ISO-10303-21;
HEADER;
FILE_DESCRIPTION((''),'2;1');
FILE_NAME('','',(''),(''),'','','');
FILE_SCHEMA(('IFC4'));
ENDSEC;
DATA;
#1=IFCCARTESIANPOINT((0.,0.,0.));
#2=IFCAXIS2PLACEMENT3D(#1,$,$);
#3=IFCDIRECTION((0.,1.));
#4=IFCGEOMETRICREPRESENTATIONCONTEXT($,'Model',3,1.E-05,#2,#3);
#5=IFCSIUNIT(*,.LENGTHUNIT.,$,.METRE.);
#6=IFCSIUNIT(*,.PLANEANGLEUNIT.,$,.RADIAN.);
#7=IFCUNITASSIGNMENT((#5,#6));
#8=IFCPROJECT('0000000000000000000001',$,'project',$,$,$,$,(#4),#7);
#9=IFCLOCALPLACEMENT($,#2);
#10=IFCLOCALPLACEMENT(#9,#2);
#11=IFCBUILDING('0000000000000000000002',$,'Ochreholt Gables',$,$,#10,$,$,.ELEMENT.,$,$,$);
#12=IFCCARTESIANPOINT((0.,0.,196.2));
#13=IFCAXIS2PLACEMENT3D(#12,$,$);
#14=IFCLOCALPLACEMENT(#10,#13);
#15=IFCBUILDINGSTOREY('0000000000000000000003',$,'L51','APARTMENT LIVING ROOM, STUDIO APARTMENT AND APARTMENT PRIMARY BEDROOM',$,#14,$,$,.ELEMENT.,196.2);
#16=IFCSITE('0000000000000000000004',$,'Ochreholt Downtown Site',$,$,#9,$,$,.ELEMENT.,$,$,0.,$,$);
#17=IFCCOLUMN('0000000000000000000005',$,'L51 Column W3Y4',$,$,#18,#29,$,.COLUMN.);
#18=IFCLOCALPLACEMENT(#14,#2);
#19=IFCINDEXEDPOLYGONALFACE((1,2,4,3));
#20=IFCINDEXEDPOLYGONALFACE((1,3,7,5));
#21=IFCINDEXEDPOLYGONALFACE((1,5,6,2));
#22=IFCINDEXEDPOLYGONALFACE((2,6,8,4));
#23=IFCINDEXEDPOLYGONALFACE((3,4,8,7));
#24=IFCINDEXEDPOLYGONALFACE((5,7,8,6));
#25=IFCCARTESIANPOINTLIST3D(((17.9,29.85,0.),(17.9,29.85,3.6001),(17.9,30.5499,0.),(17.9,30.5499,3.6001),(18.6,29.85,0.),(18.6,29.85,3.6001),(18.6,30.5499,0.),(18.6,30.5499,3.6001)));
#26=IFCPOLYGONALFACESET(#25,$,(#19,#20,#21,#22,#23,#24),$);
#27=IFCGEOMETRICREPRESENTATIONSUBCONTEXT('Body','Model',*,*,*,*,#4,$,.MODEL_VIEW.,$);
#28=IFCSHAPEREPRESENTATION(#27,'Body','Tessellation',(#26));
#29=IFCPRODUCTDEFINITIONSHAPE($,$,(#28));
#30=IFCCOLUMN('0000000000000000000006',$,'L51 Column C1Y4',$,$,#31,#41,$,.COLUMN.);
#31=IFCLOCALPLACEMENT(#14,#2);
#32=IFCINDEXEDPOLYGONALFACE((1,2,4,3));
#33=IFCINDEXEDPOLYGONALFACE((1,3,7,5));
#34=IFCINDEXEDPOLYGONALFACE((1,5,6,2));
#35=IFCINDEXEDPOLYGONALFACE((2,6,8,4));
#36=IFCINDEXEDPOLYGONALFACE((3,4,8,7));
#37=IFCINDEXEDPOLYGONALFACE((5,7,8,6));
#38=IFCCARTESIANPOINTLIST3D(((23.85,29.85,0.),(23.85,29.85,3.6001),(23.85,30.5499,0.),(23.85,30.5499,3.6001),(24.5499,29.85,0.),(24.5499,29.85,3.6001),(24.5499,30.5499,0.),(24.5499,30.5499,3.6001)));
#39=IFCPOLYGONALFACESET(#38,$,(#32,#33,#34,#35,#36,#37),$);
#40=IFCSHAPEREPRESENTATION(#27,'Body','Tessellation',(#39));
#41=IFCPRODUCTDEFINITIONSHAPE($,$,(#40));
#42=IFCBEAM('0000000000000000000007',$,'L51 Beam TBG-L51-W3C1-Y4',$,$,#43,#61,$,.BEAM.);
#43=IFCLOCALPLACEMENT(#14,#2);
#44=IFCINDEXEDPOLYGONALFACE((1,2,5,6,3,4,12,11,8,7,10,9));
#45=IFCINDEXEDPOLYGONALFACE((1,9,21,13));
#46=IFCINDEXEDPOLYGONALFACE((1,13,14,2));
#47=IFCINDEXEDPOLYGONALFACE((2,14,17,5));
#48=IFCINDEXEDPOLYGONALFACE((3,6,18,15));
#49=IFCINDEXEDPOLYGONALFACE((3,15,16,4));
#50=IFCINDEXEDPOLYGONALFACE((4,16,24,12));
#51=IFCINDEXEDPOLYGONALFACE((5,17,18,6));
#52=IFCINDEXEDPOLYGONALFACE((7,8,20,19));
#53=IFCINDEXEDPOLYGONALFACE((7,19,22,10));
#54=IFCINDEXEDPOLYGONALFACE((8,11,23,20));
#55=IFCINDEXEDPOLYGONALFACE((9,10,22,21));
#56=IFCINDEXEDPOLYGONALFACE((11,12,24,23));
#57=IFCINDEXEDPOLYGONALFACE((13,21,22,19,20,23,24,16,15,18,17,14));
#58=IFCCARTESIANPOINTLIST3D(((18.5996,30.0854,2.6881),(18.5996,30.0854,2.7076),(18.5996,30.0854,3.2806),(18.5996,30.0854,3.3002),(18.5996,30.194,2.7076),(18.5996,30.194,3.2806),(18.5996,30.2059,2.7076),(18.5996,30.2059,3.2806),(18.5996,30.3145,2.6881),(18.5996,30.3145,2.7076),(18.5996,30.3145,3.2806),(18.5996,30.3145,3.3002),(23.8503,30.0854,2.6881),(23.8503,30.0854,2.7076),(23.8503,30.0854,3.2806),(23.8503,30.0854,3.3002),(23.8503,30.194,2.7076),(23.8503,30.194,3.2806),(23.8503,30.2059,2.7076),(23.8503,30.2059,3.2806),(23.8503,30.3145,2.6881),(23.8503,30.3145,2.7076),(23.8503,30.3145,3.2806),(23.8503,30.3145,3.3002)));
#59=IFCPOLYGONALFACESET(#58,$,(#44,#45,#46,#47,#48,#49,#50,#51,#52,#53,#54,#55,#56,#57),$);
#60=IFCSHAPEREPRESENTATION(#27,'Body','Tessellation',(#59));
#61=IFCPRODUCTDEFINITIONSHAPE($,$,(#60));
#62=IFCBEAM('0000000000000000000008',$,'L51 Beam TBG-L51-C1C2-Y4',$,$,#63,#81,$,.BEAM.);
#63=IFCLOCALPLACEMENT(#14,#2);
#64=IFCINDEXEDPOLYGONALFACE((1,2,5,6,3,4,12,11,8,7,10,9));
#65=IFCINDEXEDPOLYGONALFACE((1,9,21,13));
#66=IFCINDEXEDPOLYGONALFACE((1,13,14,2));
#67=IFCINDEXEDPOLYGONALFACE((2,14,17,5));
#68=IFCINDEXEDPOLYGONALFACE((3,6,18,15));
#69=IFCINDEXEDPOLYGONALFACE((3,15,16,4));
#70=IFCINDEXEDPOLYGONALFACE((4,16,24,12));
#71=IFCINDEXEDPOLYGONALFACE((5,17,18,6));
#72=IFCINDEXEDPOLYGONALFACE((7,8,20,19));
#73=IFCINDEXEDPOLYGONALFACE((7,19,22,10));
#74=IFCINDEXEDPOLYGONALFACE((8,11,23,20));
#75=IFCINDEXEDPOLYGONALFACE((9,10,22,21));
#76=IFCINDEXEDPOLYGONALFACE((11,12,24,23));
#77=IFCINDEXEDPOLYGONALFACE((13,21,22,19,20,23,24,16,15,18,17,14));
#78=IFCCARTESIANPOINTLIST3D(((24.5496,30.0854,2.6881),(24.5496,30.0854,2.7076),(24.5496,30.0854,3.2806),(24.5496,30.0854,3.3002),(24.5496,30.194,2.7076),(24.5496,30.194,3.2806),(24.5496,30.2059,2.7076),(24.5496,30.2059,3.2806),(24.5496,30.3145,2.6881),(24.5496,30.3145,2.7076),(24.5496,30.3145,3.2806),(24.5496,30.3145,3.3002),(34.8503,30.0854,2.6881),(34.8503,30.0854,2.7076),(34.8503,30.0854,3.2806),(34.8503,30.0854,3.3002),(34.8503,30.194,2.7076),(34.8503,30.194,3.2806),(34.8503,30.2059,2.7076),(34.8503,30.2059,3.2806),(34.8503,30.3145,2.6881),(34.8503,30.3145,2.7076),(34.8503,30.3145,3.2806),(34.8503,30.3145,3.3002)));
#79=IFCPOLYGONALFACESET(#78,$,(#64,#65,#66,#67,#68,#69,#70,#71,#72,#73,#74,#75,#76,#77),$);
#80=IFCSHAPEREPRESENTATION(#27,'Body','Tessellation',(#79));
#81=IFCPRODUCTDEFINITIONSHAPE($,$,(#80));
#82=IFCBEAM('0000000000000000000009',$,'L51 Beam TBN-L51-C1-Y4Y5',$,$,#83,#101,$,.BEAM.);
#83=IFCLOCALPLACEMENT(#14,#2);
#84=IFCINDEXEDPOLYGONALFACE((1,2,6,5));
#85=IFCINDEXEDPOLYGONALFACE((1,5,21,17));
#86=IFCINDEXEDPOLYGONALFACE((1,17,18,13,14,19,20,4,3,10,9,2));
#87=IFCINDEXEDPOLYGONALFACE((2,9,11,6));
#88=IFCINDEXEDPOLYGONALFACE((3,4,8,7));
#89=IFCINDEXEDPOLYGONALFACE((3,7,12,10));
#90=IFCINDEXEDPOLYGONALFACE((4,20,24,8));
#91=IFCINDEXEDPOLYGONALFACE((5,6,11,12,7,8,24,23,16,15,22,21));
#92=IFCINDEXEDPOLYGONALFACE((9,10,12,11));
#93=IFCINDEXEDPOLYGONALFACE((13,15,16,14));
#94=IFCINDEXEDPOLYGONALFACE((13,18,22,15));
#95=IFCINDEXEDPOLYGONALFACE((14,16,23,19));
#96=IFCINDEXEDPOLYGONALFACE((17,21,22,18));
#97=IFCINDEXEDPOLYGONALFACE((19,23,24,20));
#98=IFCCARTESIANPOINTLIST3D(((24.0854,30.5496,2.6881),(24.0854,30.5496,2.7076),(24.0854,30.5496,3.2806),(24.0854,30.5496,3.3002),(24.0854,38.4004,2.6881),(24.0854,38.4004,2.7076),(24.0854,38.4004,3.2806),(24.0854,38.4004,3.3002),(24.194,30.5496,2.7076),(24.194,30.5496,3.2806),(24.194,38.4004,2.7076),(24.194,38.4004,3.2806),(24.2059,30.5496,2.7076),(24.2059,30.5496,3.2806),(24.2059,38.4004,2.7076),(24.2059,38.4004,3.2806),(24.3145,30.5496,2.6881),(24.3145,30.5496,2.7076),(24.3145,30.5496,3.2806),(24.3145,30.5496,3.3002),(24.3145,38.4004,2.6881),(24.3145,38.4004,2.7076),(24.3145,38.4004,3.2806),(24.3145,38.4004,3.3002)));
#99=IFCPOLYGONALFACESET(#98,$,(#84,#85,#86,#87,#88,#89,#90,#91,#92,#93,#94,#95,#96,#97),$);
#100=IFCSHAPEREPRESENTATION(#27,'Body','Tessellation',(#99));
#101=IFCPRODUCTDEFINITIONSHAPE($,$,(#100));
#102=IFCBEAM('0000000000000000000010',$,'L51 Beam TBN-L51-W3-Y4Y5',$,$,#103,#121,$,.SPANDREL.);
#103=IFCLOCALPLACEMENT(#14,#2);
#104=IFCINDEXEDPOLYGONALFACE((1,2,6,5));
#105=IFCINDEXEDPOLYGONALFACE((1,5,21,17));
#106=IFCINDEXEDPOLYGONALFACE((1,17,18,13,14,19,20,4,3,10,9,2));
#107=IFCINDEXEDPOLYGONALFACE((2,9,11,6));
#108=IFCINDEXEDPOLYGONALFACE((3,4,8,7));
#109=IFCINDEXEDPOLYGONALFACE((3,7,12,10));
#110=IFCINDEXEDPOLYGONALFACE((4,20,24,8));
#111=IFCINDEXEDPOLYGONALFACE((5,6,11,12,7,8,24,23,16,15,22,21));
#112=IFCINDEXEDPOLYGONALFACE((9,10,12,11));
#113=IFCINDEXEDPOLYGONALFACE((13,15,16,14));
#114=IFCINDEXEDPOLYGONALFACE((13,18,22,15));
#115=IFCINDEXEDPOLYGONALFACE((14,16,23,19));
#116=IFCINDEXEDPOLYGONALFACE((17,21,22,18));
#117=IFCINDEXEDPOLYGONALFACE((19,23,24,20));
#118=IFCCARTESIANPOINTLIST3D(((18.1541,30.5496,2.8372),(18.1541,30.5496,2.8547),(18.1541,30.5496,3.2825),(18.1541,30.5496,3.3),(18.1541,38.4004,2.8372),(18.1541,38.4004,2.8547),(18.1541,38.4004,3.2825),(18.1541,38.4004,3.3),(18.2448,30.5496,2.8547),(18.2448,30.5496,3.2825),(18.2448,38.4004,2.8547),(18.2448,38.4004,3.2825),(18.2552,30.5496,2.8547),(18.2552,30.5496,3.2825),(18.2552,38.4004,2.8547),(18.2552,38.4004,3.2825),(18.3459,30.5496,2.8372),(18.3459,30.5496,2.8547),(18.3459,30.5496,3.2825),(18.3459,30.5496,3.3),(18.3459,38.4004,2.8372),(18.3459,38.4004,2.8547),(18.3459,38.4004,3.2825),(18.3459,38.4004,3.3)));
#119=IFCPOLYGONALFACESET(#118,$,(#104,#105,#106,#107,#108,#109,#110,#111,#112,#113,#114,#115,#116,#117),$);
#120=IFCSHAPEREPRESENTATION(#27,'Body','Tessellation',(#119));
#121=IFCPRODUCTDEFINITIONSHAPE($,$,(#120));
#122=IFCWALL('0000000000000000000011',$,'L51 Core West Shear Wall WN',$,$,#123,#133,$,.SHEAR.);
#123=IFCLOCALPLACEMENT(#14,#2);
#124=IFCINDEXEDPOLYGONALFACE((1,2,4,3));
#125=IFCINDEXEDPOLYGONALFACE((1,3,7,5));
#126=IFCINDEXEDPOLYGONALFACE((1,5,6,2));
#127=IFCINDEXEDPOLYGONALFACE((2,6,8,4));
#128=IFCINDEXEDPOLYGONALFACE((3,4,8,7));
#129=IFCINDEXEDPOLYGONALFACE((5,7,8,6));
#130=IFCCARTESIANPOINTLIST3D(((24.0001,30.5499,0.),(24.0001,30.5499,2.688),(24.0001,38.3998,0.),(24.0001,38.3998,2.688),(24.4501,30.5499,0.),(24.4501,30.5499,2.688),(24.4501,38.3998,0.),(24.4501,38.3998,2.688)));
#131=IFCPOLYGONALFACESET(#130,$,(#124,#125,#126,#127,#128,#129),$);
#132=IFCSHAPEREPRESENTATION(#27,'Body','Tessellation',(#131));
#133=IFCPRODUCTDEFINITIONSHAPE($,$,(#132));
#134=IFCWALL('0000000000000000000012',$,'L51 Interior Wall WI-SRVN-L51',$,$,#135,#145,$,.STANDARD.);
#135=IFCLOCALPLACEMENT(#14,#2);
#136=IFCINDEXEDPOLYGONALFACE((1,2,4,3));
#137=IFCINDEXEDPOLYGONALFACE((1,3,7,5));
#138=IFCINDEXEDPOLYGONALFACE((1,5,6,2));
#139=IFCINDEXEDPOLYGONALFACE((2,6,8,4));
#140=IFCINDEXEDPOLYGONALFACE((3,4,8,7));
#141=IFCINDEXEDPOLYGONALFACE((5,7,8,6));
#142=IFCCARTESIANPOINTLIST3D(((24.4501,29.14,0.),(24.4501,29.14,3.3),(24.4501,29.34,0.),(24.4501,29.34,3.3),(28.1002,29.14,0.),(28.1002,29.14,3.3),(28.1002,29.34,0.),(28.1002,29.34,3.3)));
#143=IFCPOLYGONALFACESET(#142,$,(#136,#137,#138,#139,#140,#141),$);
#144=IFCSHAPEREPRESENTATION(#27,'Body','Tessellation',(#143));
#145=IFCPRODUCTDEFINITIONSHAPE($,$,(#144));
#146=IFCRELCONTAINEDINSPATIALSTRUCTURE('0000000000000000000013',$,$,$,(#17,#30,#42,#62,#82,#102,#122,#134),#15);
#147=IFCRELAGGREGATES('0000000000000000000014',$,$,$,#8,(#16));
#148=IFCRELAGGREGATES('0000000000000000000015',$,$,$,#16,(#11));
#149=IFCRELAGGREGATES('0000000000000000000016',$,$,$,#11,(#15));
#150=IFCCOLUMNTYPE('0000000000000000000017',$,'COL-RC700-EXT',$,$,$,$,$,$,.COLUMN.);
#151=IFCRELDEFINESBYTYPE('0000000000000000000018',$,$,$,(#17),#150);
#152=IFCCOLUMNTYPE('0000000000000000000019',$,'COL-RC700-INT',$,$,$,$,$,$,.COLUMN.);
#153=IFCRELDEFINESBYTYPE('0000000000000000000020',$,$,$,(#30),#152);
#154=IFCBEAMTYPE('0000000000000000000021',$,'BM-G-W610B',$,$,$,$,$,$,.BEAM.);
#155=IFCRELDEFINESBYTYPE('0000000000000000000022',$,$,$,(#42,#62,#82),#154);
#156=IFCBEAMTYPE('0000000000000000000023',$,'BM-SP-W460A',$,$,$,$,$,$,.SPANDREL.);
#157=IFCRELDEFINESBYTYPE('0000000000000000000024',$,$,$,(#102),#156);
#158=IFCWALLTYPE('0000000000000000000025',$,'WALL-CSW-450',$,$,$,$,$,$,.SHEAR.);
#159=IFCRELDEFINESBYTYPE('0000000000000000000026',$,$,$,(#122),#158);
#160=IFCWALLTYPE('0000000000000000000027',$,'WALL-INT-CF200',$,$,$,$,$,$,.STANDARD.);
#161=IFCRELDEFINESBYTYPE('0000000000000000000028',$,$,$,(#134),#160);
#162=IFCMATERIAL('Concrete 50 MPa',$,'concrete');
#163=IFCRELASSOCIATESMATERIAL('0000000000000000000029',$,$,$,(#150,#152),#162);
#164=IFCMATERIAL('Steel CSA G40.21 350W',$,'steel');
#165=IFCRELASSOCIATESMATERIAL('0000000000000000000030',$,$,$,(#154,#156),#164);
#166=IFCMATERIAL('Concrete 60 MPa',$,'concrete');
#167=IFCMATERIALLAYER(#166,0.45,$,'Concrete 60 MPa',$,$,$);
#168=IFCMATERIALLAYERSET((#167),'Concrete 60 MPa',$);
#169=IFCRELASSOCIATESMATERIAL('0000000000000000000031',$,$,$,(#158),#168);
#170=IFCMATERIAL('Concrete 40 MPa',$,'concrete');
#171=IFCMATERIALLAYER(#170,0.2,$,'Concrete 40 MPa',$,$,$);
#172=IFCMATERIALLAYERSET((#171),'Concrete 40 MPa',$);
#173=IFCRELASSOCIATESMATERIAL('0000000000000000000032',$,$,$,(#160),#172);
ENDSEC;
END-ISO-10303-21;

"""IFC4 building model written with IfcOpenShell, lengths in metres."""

from ifc_helpers import new_model, si_unit, direction, frame, frame_2d, origin, origin_2d, place, context, subcontext, project, spatial, rectangle, i_section, extrude, material, layer, layer_set, material_profile, profile_set, type_object, element, save


model = new_model("IFC4")

# Units and contexts
model_context = context("Model", 3, precision=1e-05, world=origin(), true_north=direction((0.0, 1.0)))
body_context = subcontext(model_context, "Body", "Model", "MODEL_VIEW")
ifc_project = project(units=[si_unit("LENGTHUNIT", "METRE"), si_unit("PLANEANGLEUNIT", "RADIAN")], contexts=[model_context])

# Site, building, storey
site_placement = place(None, origin())
site = spatial("IfcSite", under=ifc_project, at=site_placement, Name="Ochreholt Downtown Site", CompositionType="ELEMENT", RefElevation=0.0)
building_placement = place(site_placement, origin())
building = spatial("IfcBuilding", under=site, at=building_placement, Name="Ochreholt Gables", CompositionType="ELEMENT")
storey_placement = place(building_placement, frame((0.0, 0.0, 196.2)))
storey = spatial("IfcBuildingStorey", under=building, at=storey_placement, Name="L51", Description="APARTMENT LIVING ROOM, STUDIO APARTMENT AND APARTMENT PRIMARY BEDROOM", CompositionType="ELEMENT", Elevation=196.2)

# Columns
ifc_material_1 = material(Name="Concrete 50 MPa", Category="concrete")
ifc_material_profile_1 = material_profile(ifc_material_1, rectangle(XDim=0.7, YDim=0.7, at=origin_2d()), Name="RC700X700")
ifc_profile_set_1 = profile_set([ifc_material_profile_1], Name="Concrete 50 MPa")
column_type_1 = type_object("IfcColumnType", Name="COL-RC700-EXT", PredefinedType="COLUMN", material=ifc_profile_set_1)
column_1_placement = place(storey_placement, frame((18.25, 30.2, 0.0), z_axis=(0.0, 0.0, 1.0), x_axis=(1.0, 0.0, 0.0)))
element("IfcColumn", 1, at=column_1_placement, inside=storey, type_object=column_type_1, Name="L51 Column W3Y4", PredefinedType="COLUMN", context=body_context, shape_type="SweptSolid", body=[
    extrude(rectangle(XDim=0.7, YDim=0.7, at=origin_2d()), origin(), (0.0, 0.0, 1.0), 3.6001),
])
ifc_material_profile_2 = material_profile(ifc_material_1, rectangle(XDim=0.7, YDim=0.7, at=origin_2d()), Name="RC700X700")
ifc_profile_set_2 = profile_set([ifc_material_profile_2], Name="Concrete 50 MPa")
column_type_2 = type_object("IfcColumnType", Name="COL-RC700-INT", PredefinedType="COLUMN", material=ifc_profile_set_2)
column_2_placement = place(storey_placement, frame((24.2, 30.2, 0.0), z_axis=(0.0, 0.0, 1.0), x_axis=(1.0, 0.0, 0.0)))
element("IfcColumn", 2, at=column_2_placement, inside=storey, type_object=column_type_2, Name="L51 Column C1Y4", PredefinedType="COLUMN", context=body_context, shape_type="SweptSolid", body=[
    extrude(rectangle(XDim=0.7, YDim=0.7, at=origin_2d()), origin(), (0.0, 0.0, 1.0), 3.6001),
])

# Beams
ifc_material_2 = material(Name="Steel CSA G40.21 350W", Category="steel")
ifc_material_profile_3 = material_profile(ifc_material_2, i_section(OverallWidth=0.229, OverallDepth=0.6121, WebThickness=0.012, FlangeThickness=0.0195, at=origin_2d()), Name="W610X125")
ifc_profile_set_3 = profile_set([ifc_material_profile_3], Name="Steel CSA G40.21 350W")
beam_type_1 = type_object("IfcBeamType", Name="BM-G-W610B", PredefinedType="BEAM", material=ifc_profile_set_3)
beam_1_placement = place(storey_placement, frame((18.5996, 30.2, 2.9941), z_axis=(1.0, 0.0, 0.0), x_axis=(0.0, 1.0, 0.0)))
element("IfcBeam", 3, at=beam_1_placement, inside=storey, type_object=beam_type_1, Name="L51 Beam TBG-L51-W3C1-Y4", PredefinedType="BEAM", context=body_context, shape_type="SweptSolid", body=[
    extrude(i_section(OverallWidth=0.229, OverallDepth=0.6121, WebThickness=0.012, FlangeThickness=0.0195, at=origin_2d()), origin(), (0.0, 0.0, 1.0), 5.2507),
])
beam_2_placement = place(storey_placement, frame((24.5496, 30.2, 2.9941), z_axis=(1.0, 0.0, 0.0), x_axis=(0.0, 1.0, 0.0)))
element("IfcBeam", 4, at=beam_2_placement, inside=storey, type_object=beam_type_1, Name="L51 Beam TBG-L51-C1C2-Y4", PredefinedType="BEAM", context=body_context, shape_type="SweptSolid", body=[
    extrude(i_section(OverallWidth=0.229, OverallDepth=0.6121, WebThickness=0.012, FlangeThickness=0.0195, at=origin_2d()), origin(), (0.0, 0.0, 1.0), 10.3008),
])
beam_3_placement = place(storey_placement, frame((24.2, 30.5496, 2.9941), z_axis=(0.0, 1.0, 0.0), x_axis=(-1.0, 0.0, 0.0)))
element("IfcBeam", 5, at=beam_3_placement, inside=storey, type_object=beam_type_1, Name="L51 Beam TBN-L51-C1-Y4Y5", PredefinedType="BEAM", context=body_context, shape_type="SweptSolid", body=[
    extrude(i_section(OverallWidth=0.229, OverallDepth=0.6121, WebThickness=0.012, FlangeThickness=0.0195, at=origin_2d()), origin(), (0.0, 0.0, 1.0), 7.8508),
])
ifc_material_profile_4 = material_profile(ifc_material_2, i_section(OverallWidth=0.1919, OverallDepth=0.4629, WebThickness=0.0105, FlangeThickness=0.0176, at=origin_2d()), Name="W460X89")
ifc_profile_set_4 = profile_set([ifc_material_profile_4], Name="Steel CSA G40.21 350W")
beam_type_2 = type_object("IfcBeamType", Name="BM-SP-W460A", PredefinedType="SPANDREL", material=ifc_profile_set_4)
beam_4_placement = place(storey_placement, frame((18.25, 30.5496, 3.0686), z_axis=(0.0, 1.0, 0.0), x_axis=(-1.0, 0.0, 0.0)))
element("IfcBeam", 6, at=beam_4_placement, inside=storey, type_object=beam_type_2, Name="L51 Beam TBN-L51-W3-Y4Y5", PredefinedType="SPANDREL", context=body_context, shape_type="SweptSolid", body=[
    extrude(i_section(OverallWidth=0.1919, OverallDepth=0.4629, WebThickness=0.0105, FlangeThickness=0.0176, at=origin_2d()), origin(), (0.0, 0.0, 1.0), 7.8508),
])

# Walls
ifc_material_3 = material(Name="Concrete 60 MPa", Category="concrete")
ifc_layer_1 = layer(ifc_material_3, 0.45, Name="Concrete 60 MPa")
ifc_layer_set_1 = layer_set([ifc_layer_1], Name="Concrete 60 MPa")
wall_type_1 = type_object("IfcWallType", Name="WALL-CSW-450", PredefinedType="SHEAR", material=ifc_layer_set_1)
wall_1_placement = place(storey_placement, frame((24.2251, 30.55, 0.0), z_axis=(0.0, 0.0, 1.0), x_axis=(0.0, 1.0, 0.0)))
element("IfcWall", 7, at=wall_1_placement, inside=storey, type_object=wall_type_1, Name="L51 Core West Shear Wall WN", PredefinedType="SHEAR", context=body_context, shape_type="SweptSolid", body=[
    extrude(rectangle(XDim=7.8499, YDim=0.45, at=frame_2d((3.9248, 0.0))), origin(), (0.0, 0.0, 1.0), 2.688),
])
ifc_material_4 = material(Name="Concrete 40 MPa", Category="concrete")
ifc_layer_2 = layer(ifc_material_4, 0.2, Name="Concrete 40 MPa")
ifc_layer_set_2 = layer_set([ifc_layer_2], Name="Concrete 40 MPa")
wall_type_2 = type_object("IfcWallType", Name="WALL-INT-CF200", PredefinedType="STANDARD", material=ifc_layer_set_2)
wall_2_placement = place(storey_placement, frame((24.45, 29.24, 0.0), z_axis=(0.0, 0.0, 1.0), x_axis=(1.0, 0.0, 0.0)))
element("IfcWall", 8, at=wall_2_placement, inside=storey, type_object=wall_type_2, Name="L51 Interior Wall WI-SRVN-L51", PredefinedType="STANDARD", context=body_context, shape_type="SweptSolid", body=[
    extrude(rectangle(XDim=3.6501, YDim=0.2, at=frame_2d((1.8252, 0.0))), origin(), (0.0, 0.0, 1.0), 3.3),
])

save(model, "model.ifc")
